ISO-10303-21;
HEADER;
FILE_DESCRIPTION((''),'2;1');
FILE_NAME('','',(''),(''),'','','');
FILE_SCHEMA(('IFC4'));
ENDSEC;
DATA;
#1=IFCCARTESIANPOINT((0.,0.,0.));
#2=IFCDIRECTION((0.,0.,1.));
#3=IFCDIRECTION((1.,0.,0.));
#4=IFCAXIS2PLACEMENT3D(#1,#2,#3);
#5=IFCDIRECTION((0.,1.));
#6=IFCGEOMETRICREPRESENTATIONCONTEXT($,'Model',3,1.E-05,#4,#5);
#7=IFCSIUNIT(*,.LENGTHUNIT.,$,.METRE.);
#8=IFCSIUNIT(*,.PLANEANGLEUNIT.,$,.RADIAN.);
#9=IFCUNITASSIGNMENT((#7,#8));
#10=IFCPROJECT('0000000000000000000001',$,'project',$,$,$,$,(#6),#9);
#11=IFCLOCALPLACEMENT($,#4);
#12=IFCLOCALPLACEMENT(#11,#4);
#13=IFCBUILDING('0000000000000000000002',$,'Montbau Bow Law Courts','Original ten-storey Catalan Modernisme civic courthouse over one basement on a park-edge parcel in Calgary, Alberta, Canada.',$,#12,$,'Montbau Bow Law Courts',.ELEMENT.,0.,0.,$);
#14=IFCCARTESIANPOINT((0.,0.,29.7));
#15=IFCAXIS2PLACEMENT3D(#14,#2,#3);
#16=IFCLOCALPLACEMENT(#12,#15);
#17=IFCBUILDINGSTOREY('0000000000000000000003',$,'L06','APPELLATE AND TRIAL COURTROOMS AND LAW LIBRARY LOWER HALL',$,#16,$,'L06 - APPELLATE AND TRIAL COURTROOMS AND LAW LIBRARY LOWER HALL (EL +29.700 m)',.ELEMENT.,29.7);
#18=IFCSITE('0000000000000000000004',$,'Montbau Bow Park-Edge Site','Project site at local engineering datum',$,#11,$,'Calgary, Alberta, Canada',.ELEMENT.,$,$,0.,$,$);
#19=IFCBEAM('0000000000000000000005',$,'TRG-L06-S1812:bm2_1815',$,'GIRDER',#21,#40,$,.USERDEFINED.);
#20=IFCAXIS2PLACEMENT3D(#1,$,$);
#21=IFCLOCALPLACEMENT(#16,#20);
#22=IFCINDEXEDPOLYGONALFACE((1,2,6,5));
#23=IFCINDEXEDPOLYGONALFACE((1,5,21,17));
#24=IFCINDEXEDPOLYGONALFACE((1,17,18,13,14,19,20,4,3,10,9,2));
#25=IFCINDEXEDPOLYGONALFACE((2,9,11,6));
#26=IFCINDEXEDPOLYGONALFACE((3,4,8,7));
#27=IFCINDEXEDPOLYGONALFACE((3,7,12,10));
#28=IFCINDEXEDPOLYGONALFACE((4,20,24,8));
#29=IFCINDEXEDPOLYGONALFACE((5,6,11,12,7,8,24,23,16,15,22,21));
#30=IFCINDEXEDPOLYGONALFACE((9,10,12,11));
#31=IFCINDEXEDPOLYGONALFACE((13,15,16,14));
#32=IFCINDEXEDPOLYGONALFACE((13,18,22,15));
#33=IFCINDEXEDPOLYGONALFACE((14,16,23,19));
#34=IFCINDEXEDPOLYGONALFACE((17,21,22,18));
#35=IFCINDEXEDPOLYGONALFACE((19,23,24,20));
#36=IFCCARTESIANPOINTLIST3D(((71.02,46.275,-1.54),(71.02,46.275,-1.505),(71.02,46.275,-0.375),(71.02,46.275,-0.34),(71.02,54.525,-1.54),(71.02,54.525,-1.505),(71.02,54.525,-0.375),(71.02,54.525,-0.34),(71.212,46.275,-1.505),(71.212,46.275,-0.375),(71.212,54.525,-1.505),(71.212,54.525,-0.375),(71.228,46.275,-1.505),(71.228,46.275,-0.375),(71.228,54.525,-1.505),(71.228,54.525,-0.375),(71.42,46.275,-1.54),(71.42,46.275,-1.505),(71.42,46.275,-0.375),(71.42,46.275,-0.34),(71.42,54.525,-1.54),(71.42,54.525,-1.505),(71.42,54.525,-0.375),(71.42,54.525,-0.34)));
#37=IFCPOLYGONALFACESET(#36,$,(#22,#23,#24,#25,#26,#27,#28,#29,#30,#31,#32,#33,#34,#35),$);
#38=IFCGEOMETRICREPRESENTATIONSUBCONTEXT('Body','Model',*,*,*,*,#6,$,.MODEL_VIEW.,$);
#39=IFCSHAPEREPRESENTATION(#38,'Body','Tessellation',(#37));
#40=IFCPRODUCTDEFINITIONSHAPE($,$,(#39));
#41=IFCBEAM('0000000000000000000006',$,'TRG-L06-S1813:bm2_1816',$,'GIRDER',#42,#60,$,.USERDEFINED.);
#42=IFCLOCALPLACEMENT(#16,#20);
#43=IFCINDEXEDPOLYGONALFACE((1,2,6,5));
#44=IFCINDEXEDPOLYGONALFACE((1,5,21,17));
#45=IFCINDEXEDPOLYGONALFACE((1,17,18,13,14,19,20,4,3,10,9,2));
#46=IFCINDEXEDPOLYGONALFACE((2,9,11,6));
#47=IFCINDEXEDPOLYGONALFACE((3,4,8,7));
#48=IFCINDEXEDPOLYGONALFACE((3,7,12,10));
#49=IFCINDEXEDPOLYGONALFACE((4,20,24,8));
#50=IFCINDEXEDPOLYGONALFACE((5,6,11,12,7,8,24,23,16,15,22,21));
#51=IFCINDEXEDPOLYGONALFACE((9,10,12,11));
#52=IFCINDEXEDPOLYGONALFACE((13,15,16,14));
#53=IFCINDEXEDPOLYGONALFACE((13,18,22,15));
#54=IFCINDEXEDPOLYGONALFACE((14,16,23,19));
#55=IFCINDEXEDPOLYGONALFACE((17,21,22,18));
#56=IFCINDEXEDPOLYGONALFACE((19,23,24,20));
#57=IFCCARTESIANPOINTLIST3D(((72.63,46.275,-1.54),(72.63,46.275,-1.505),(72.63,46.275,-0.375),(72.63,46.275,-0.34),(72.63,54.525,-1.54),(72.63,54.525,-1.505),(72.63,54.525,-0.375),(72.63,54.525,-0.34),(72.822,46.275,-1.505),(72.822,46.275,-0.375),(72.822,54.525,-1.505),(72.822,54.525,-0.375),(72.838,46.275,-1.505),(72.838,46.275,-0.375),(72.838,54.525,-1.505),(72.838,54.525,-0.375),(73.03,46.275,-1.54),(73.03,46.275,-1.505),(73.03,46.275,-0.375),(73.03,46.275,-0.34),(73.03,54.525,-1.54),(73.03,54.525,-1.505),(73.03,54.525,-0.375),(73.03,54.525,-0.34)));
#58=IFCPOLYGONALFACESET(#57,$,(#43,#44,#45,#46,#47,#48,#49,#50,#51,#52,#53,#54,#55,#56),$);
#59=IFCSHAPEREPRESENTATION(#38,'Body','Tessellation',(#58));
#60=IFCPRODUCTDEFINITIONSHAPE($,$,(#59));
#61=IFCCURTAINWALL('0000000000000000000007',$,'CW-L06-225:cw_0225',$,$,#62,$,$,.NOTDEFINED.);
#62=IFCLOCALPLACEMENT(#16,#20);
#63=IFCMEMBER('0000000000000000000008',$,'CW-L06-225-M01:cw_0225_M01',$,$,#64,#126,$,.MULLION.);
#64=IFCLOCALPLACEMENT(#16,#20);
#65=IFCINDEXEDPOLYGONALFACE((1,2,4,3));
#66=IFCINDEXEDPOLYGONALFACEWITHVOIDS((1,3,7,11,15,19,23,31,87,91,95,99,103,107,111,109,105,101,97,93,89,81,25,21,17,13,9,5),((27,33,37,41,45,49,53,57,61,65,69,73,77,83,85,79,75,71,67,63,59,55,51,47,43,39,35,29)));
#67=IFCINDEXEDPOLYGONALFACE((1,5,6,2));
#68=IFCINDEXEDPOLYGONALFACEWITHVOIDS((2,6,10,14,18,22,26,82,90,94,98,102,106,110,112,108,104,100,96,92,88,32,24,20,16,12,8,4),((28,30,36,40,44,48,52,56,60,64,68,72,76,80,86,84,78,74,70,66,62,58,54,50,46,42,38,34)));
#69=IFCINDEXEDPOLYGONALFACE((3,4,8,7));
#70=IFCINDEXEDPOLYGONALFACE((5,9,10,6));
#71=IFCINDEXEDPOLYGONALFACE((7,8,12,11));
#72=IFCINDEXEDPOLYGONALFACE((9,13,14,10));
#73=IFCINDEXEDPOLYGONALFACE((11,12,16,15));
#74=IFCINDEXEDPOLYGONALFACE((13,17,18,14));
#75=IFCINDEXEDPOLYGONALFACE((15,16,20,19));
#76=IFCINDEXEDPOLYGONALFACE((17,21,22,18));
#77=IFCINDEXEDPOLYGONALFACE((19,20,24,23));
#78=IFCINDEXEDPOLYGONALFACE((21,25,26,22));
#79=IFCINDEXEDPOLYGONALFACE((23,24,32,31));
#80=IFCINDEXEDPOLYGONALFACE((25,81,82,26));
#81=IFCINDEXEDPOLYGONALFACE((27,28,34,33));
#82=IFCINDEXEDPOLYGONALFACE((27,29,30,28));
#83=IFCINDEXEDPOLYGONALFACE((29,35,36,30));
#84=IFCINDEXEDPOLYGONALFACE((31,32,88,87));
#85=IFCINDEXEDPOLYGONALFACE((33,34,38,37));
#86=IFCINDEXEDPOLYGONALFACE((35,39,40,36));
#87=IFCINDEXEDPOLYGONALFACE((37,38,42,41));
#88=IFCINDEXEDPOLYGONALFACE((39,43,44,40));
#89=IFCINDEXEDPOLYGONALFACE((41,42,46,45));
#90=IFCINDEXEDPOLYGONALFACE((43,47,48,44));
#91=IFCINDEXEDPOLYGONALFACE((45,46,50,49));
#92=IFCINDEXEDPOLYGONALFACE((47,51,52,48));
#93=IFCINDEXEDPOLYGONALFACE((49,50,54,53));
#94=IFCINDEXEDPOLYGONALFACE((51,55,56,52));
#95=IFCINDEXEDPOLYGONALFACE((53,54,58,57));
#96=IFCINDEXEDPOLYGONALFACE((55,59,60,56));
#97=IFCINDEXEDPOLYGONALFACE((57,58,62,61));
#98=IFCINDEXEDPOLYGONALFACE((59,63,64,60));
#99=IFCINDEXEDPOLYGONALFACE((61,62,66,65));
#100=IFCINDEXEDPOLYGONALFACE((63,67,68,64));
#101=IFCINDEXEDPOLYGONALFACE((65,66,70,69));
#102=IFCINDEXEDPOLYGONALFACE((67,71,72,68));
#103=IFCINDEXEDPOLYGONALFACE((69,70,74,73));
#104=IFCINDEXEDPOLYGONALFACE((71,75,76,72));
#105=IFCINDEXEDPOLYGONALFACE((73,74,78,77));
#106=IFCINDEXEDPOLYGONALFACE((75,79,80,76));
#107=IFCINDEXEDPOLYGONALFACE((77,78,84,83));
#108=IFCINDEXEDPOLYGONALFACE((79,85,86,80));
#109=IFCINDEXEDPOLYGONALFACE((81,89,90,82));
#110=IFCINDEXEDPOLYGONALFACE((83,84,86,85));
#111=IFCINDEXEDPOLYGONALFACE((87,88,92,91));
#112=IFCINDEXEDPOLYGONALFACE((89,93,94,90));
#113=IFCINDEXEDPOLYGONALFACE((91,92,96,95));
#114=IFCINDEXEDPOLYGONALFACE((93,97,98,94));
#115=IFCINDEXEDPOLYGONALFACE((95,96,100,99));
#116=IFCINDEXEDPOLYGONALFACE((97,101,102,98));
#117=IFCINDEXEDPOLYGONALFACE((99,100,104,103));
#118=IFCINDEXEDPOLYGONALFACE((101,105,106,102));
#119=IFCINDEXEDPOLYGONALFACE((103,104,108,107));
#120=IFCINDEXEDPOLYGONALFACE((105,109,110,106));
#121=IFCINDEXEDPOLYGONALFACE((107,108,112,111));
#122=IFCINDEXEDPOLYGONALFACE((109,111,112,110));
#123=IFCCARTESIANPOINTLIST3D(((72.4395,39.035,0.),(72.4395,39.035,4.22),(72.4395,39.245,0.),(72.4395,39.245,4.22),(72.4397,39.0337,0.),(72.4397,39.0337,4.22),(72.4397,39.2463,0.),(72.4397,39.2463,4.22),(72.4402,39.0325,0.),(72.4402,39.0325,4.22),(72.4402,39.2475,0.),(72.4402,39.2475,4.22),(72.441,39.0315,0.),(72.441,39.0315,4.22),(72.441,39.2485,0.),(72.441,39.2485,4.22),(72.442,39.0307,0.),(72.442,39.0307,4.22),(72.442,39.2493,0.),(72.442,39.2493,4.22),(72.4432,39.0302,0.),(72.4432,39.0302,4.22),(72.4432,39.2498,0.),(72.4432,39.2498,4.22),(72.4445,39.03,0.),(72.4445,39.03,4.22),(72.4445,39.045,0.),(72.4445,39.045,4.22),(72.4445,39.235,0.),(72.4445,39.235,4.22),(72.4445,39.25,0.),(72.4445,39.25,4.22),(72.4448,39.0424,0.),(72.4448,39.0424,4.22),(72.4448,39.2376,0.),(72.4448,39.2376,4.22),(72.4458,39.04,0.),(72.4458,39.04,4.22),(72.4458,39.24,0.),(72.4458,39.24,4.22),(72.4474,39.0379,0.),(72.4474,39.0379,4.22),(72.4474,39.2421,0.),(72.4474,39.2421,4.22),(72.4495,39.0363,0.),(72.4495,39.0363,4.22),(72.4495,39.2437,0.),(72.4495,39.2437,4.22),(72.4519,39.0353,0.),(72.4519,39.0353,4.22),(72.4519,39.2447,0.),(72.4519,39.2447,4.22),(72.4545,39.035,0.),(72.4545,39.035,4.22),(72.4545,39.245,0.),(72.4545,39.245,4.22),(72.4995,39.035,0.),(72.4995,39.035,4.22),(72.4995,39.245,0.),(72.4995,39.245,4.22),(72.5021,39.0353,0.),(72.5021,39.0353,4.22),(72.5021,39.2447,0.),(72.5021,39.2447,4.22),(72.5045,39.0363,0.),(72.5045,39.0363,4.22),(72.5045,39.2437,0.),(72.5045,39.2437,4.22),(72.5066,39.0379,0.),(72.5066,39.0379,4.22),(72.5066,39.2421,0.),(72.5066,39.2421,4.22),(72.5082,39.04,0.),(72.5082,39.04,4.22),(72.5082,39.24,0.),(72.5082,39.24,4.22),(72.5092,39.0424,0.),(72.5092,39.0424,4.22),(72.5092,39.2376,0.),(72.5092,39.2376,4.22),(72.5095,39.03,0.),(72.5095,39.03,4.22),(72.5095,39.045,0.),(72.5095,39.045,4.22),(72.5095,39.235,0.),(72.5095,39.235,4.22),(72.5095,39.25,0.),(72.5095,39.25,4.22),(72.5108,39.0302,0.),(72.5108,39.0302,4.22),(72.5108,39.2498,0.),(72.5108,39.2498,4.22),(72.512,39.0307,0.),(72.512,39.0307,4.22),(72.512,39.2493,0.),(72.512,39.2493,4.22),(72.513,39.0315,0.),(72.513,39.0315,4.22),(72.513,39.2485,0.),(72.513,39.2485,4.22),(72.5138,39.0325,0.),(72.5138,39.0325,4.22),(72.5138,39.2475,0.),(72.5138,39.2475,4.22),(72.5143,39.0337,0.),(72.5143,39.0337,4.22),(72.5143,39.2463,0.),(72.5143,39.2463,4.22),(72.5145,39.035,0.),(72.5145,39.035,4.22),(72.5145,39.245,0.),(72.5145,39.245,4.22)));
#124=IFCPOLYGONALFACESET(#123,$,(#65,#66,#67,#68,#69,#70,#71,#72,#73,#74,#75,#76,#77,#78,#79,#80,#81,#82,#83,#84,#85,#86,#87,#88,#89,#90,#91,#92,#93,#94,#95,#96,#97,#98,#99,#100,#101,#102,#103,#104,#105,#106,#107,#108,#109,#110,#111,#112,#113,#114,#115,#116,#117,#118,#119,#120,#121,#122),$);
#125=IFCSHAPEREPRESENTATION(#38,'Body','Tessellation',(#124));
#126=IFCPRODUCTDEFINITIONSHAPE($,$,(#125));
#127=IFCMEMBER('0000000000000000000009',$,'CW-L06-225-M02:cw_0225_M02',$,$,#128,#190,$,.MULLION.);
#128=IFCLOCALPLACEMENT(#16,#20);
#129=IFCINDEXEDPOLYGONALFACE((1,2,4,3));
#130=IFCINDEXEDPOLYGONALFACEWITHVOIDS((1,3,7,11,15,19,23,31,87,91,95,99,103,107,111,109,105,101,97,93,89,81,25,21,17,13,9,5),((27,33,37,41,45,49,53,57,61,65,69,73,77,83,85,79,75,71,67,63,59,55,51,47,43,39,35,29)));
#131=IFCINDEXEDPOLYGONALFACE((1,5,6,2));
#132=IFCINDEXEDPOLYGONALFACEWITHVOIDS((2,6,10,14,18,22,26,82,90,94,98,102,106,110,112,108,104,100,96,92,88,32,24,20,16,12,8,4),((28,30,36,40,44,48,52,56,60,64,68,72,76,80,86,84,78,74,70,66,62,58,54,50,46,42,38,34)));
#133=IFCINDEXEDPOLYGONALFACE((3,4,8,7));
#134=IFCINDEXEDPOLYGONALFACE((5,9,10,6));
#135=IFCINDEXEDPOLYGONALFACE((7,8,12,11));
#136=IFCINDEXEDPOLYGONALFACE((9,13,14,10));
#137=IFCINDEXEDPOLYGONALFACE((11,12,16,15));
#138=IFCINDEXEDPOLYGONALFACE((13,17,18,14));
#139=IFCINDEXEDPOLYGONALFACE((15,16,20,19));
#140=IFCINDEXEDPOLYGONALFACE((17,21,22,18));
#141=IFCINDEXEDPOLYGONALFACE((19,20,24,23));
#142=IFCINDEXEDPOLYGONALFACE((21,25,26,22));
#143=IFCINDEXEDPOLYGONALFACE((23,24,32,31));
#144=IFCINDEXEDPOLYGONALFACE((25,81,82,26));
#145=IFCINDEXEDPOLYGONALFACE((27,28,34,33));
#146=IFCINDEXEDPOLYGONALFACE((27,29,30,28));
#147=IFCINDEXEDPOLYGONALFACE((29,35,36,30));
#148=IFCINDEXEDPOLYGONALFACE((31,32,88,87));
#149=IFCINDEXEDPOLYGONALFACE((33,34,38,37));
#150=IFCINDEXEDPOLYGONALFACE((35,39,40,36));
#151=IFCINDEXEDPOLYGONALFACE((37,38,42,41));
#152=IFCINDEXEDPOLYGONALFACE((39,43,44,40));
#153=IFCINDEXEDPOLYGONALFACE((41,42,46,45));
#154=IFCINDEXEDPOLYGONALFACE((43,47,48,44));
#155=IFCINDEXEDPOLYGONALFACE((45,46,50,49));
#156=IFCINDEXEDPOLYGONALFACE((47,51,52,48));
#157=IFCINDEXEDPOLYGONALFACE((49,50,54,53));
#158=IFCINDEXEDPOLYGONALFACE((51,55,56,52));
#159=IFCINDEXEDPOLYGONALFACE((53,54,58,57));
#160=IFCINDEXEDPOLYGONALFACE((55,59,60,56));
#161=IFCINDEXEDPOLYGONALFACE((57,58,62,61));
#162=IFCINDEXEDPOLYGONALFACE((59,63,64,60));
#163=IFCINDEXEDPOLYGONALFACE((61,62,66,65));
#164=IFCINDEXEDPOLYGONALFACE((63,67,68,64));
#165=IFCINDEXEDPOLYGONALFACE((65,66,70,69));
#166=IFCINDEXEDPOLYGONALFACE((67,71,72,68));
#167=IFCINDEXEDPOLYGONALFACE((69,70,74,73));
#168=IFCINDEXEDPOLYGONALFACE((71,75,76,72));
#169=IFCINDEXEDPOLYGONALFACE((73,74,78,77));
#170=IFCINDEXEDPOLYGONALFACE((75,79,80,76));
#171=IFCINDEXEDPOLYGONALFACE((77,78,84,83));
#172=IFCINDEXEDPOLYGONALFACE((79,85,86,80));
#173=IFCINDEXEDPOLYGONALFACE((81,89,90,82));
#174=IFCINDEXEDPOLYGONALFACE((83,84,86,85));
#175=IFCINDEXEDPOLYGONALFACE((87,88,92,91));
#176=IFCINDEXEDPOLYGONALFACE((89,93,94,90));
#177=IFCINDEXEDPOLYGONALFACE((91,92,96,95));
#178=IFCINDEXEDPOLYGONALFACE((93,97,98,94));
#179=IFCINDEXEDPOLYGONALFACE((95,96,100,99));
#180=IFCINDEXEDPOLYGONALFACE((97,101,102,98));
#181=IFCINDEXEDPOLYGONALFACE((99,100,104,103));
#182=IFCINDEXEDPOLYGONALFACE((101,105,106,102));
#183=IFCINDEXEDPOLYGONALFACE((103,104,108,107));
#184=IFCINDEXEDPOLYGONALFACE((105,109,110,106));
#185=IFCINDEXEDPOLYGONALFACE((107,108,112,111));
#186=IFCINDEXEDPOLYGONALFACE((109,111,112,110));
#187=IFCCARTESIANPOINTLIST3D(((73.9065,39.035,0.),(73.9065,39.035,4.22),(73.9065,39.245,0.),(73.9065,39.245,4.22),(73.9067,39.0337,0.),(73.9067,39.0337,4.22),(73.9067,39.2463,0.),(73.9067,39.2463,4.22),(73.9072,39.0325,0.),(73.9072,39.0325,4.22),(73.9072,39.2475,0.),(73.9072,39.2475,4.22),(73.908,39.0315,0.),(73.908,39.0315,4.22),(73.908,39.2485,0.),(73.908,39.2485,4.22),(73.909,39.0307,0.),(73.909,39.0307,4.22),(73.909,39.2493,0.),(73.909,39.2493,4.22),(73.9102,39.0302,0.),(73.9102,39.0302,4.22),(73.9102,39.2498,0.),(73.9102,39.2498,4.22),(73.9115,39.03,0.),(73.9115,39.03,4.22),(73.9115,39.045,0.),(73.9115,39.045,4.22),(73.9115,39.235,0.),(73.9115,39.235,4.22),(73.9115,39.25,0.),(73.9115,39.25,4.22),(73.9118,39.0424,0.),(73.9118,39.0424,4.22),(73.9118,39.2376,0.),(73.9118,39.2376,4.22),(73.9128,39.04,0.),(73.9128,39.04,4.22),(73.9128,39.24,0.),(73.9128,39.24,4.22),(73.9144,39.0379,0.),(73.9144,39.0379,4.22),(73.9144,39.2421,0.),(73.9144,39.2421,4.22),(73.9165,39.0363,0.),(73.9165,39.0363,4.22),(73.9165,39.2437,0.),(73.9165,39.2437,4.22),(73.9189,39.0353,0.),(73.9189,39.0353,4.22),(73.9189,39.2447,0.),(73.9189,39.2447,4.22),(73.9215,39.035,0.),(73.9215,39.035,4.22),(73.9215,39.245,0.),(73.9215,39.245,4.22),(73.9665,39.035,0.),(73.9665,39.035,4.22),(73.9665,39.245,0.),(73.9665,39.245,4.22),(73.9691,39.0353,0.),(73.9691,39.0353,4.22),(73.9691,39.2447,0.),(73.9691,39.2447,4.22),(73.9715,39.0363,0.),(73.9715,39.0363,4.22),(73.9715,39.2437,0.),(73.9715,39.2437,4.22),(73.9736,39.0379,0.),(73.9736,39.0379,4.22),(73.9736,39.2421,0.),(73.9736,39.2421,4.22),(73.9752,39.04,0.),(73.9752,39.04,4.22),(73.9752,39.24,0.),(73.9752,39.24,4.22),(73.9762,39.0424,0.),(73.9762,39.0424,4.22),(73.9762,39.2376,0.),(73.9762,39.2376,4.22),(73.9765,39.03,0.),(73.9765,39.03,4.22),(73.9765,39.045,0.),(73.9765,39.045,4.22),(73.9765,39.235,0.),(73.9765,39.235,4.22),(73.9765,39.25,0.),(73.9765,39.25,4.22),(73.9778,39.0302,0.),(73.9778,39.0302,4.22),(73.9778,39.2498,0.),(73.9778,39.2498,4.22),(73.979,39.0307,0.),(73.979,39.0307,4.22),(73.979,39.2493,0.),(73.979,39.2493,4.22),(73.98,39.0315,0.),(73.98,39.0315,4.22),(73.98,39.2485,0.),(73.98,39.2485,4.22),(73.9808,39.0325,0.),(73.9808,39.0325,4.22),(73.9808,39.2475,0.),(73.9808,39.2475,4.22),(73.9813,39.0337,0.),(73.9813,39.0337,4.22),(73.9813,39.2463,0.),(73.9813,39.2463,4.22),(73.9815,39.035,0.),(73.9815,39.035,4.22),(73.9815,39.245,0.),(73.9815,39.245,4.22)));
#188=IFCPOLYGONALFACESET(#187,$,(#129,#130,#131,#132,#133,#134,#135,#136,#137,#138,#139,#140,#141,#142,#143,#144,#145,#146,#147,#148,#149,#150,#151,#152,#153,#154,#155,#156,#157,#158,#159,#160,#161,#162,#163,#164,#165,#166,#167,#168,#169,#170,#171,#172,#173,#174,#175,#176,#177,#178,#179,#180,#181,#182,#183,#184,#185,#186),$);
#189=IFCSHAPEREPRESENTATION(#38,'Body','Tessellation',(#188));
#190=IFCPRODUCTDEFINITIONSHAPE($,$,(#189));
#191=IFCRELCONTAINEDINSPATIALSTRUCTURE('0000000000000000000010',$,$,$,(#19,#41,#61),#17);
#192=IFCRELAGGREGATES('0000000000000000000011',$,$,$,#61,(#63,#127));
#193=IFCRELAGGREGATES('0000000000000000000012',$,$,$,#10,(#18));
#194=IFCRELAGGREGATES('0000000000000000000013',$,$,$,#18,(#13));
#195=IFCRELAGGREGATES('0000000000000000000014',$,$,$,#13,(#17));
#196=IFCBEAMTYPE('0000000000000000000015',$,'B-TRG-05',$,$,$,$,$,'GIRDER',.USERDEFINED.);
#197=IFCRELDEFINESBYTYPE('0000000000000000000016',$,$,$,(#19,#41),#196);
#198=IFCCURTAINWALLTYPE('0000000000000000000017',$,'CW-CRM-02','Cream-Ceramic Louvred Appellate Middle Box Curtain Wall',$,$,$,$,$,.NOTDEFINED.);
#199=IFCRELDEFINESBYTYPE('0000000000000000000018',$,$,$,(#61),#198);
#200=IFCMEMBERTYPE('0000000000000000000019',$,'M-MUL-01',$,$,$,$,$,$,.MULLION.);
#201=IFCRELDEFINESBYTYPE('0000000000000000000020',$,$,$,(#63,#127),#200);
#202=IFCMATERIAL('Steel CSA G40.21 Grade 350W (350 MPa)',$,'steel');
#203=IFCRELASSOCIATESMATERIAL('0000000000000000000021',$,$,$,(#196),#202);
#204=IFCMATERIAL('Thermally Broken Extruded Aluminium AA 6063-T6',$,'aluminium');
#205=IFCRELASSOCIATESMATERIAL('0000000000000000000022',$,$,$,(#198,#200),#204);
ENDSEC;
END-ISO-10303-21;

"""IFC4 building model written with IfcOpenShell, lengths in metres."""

from ifc_helpers import new_model, si_unit, direction, frame, origin_with_axes, origin_2d_with_axis, place, context, subcontext, project, spatial, hollow_rectangle, i_section, extrude, material, material_profile, profile_set, type_object, element, aggregate, save


model = new_model("IFC4")

# Units and contexts
model_context = context("Model", 3, precision=1e-05, world=origin_with_axes(), true_north=direction((0.0, 1.0)))
body_context = subcontext(model_context, "Body", "Model", "MODEL_VIEW")
ifc_project = project(units=[si_unit("LENGTHUNIT", "METRE"), si_unit("PLANEANGLEUNIT", "RADIAN")], contexts=[model_context])

# Site, building, storey
site_placement = place(None, origin_with_axes())
site = spatial("IfcSite", under=ifc_project, at=site_placement, Name="Montbau Bow Park-Edge Site", Description="Project site at local engineering datum", LongName="Calgary, Alberta, Canada", CompositionType="ELEMENT", RefElevation=0.0)
building_placement = place(site_placement, origin_with_axes())
building = spatial("IfcBuilding", under=site, at=building_placement, Name="Montbau Bow Law Courts", Description="Original ten-storey Catalan Modernisme civic courthouse over one basement on a park-edge parcel in Calgary, Alberta, Canada.", LongName="Montbau Bow Law Courts", CompositionType="ELEMENT", ElevationOfRefHeight=0.0, ElevationOfTerrain=0.0)
storey_placement = place(building_placement, frame((0.0, 0.0, 29.7), z_axis=(0.0, 0.0, 1.0), x_axis=(1.0, 0.0, 0.0)))
storey = spatial("IfcBuildingStorey", under=building, at=storey_placement, Name="L06", Description="APPELLATE AND TRIAL COURTROOMS AND LAW LIBRARY LOWER HALL", LongName="L06 - APPELLATE AND TRIAL COURTROOMS AND LAW LIBRARY LOWER HALL (EL +29.700 m)", CompositionType="ELEMENT", Elevation=29.7)

# Shared definitions
ifc_material_1 = material(Name="Steel CSA G40.21 Grade 350W (350 MPa)", Category="steel")

# Beams
ifc_material_profile_1 = material_profile(ifc_material_1, i_section(OverallWidth=0.4, OverallDepth=1.2, WebThickness=0.016, FlangeThickness=0.035, at=origin_2d_with_axis()), Name="WWF1200X302", Category="Main", Priority=0)
ifc_profile_set_1 = profile_set([ifc_material_profile_1], Name="Steel CSA G40.21 Grade 350W (350 MPa)")
beam_type_1 = type_object("IfcBeamType", Name="B-TRG-05", ElementType="GIRDER", PredefinedType="USERDEFINED", material=ifc_profile_set_1)
for number, where, z_axis, x_axis, name in (
    (1, (71.22, 46.275, 28.76), (0.0, 1.0, 0.0), (-1.0, 0.0, 0.0), "TRG-L06-S1812:bm2_1815"),
    (2, (72.83, 46.275, 28.76), (0.0, 1.0, 0.0), (-1.0, 0.0, 0.0), "TRG-L06-S1813:bm2_1816"),
):
    element("IfcBeam", number, at=place(None, frame(where, z_axis=z_axis, x_axis=x_axis)), inside=storey, type_object=beam_type_1, Name=name, ObjectType="GIRDER", PredefinedType="USERDEFINED", context=body_context, shape_type="SweptSolid", body=[
        extrude(i_section(OverallWidth=0.4, OverallDepth=1.2, WebThickness=0.016, FlangeThickness=0.035, at=origin_2d_with_axis()), origin_with_axes(), (0.0, 0.0, 1.0), 8.25),
    ])

# Curtain wall, members
ifc_material_2 = material(Name="Thermally Broken Extruded Aluminium AA 6063-T6", Category="aluminium")
curtain_wall_type = type_object("IfcCurtainWallType", Name="CW-CRM-02", Description="Cream-Ceramic Louvred Appellate Middle Box Curtain Wall", PredefinedType="NOTDEFINED", material=ifc_material_2)
curtain_wall_1_placement = place(None, frame((72.44, 39.14, 29.7), z_axis=(0.0, 0.0, 1.0), x_axis=(1.0, 0.0, 0.0)))
curtain_wall_1 = element("IfcCurtainWall", 3, at=curtain_wall_1_placement, inside=storey, type_object=curtain_wall_type, Name="CW-L06-225:cw_0225", PredefinedType="NOTDEFINED")
ifc_material_profile_2 = material_profile(ifc_material_2, hollow_rectangle(XDim=0.075, YDim=0.22, WallThickness=0.005, InnerFilletRadius=0.01, OuterFilletRadius=0.005, at=origin_2d_with_axis()), Name="CWM-220X75", Category="Main", Priority=0)
ifc_profile_set_2 = profile_set([ifc_material_profile_2], Name="Thermally Broken Extruded Aluminium AA 6063-T6")
member_type_1 = type_object("IfcMemberType", Name="M-MUL-01", PredefinedType="MULLION", material=ifc_profile_set_2)
member_1_placement = place(None, frame((72.477, 39.14, 29.7), z_axis=(0.0, 0.0, 1.0), x_axis=(1.0, 0.0, 0.0)))
member_1 = element("IfcMember", 4, at=member_1_placement, type_object=member_type_1, Name="CW-L06-225-M01:cw_0225_M01", PredefinedType="MULLION", context=body_context, shape_type="SweptSolid", body=[
    extrude(hollow_rectangle(XDim=0.075, YDim=0.22, WallThickness=0.005, InnerFilletRadius=0.01, OuterFilletRadius=0.005, at=origin_2d_with_axis()), origin_with_axes(), (0.0, 0.0, 1.0), 4.22),
])
member_2_placement = place(None, frame((73.944, 39.14, 29.7), z_axis=(0.0, 0.0, 1.0), x_axis=(1.0, 0.0, 0.0)))
member_2 = element("IfcMember", 5, at=member_2_placement, type_object=member_type_1, Name="CW-L06-225-M02:cw_0225_M02", PredefinedType="MULLION", context=body_context, shape_type="SweptSolid", body=[
    extrude(hollow_rectangle(XDim=0.075, YDim=0.22, WallThickness=0.005, InnerFilletRadius=0.01, OuterFilletRadius=0.005, at=origin_2d_with_axis()), origin_with_axes(), (0.0, 0.0, 1.0), 4.22),
])

aggregate(curtain_wall_1, [member_1, member_2])

save(model, "model.ifc")
